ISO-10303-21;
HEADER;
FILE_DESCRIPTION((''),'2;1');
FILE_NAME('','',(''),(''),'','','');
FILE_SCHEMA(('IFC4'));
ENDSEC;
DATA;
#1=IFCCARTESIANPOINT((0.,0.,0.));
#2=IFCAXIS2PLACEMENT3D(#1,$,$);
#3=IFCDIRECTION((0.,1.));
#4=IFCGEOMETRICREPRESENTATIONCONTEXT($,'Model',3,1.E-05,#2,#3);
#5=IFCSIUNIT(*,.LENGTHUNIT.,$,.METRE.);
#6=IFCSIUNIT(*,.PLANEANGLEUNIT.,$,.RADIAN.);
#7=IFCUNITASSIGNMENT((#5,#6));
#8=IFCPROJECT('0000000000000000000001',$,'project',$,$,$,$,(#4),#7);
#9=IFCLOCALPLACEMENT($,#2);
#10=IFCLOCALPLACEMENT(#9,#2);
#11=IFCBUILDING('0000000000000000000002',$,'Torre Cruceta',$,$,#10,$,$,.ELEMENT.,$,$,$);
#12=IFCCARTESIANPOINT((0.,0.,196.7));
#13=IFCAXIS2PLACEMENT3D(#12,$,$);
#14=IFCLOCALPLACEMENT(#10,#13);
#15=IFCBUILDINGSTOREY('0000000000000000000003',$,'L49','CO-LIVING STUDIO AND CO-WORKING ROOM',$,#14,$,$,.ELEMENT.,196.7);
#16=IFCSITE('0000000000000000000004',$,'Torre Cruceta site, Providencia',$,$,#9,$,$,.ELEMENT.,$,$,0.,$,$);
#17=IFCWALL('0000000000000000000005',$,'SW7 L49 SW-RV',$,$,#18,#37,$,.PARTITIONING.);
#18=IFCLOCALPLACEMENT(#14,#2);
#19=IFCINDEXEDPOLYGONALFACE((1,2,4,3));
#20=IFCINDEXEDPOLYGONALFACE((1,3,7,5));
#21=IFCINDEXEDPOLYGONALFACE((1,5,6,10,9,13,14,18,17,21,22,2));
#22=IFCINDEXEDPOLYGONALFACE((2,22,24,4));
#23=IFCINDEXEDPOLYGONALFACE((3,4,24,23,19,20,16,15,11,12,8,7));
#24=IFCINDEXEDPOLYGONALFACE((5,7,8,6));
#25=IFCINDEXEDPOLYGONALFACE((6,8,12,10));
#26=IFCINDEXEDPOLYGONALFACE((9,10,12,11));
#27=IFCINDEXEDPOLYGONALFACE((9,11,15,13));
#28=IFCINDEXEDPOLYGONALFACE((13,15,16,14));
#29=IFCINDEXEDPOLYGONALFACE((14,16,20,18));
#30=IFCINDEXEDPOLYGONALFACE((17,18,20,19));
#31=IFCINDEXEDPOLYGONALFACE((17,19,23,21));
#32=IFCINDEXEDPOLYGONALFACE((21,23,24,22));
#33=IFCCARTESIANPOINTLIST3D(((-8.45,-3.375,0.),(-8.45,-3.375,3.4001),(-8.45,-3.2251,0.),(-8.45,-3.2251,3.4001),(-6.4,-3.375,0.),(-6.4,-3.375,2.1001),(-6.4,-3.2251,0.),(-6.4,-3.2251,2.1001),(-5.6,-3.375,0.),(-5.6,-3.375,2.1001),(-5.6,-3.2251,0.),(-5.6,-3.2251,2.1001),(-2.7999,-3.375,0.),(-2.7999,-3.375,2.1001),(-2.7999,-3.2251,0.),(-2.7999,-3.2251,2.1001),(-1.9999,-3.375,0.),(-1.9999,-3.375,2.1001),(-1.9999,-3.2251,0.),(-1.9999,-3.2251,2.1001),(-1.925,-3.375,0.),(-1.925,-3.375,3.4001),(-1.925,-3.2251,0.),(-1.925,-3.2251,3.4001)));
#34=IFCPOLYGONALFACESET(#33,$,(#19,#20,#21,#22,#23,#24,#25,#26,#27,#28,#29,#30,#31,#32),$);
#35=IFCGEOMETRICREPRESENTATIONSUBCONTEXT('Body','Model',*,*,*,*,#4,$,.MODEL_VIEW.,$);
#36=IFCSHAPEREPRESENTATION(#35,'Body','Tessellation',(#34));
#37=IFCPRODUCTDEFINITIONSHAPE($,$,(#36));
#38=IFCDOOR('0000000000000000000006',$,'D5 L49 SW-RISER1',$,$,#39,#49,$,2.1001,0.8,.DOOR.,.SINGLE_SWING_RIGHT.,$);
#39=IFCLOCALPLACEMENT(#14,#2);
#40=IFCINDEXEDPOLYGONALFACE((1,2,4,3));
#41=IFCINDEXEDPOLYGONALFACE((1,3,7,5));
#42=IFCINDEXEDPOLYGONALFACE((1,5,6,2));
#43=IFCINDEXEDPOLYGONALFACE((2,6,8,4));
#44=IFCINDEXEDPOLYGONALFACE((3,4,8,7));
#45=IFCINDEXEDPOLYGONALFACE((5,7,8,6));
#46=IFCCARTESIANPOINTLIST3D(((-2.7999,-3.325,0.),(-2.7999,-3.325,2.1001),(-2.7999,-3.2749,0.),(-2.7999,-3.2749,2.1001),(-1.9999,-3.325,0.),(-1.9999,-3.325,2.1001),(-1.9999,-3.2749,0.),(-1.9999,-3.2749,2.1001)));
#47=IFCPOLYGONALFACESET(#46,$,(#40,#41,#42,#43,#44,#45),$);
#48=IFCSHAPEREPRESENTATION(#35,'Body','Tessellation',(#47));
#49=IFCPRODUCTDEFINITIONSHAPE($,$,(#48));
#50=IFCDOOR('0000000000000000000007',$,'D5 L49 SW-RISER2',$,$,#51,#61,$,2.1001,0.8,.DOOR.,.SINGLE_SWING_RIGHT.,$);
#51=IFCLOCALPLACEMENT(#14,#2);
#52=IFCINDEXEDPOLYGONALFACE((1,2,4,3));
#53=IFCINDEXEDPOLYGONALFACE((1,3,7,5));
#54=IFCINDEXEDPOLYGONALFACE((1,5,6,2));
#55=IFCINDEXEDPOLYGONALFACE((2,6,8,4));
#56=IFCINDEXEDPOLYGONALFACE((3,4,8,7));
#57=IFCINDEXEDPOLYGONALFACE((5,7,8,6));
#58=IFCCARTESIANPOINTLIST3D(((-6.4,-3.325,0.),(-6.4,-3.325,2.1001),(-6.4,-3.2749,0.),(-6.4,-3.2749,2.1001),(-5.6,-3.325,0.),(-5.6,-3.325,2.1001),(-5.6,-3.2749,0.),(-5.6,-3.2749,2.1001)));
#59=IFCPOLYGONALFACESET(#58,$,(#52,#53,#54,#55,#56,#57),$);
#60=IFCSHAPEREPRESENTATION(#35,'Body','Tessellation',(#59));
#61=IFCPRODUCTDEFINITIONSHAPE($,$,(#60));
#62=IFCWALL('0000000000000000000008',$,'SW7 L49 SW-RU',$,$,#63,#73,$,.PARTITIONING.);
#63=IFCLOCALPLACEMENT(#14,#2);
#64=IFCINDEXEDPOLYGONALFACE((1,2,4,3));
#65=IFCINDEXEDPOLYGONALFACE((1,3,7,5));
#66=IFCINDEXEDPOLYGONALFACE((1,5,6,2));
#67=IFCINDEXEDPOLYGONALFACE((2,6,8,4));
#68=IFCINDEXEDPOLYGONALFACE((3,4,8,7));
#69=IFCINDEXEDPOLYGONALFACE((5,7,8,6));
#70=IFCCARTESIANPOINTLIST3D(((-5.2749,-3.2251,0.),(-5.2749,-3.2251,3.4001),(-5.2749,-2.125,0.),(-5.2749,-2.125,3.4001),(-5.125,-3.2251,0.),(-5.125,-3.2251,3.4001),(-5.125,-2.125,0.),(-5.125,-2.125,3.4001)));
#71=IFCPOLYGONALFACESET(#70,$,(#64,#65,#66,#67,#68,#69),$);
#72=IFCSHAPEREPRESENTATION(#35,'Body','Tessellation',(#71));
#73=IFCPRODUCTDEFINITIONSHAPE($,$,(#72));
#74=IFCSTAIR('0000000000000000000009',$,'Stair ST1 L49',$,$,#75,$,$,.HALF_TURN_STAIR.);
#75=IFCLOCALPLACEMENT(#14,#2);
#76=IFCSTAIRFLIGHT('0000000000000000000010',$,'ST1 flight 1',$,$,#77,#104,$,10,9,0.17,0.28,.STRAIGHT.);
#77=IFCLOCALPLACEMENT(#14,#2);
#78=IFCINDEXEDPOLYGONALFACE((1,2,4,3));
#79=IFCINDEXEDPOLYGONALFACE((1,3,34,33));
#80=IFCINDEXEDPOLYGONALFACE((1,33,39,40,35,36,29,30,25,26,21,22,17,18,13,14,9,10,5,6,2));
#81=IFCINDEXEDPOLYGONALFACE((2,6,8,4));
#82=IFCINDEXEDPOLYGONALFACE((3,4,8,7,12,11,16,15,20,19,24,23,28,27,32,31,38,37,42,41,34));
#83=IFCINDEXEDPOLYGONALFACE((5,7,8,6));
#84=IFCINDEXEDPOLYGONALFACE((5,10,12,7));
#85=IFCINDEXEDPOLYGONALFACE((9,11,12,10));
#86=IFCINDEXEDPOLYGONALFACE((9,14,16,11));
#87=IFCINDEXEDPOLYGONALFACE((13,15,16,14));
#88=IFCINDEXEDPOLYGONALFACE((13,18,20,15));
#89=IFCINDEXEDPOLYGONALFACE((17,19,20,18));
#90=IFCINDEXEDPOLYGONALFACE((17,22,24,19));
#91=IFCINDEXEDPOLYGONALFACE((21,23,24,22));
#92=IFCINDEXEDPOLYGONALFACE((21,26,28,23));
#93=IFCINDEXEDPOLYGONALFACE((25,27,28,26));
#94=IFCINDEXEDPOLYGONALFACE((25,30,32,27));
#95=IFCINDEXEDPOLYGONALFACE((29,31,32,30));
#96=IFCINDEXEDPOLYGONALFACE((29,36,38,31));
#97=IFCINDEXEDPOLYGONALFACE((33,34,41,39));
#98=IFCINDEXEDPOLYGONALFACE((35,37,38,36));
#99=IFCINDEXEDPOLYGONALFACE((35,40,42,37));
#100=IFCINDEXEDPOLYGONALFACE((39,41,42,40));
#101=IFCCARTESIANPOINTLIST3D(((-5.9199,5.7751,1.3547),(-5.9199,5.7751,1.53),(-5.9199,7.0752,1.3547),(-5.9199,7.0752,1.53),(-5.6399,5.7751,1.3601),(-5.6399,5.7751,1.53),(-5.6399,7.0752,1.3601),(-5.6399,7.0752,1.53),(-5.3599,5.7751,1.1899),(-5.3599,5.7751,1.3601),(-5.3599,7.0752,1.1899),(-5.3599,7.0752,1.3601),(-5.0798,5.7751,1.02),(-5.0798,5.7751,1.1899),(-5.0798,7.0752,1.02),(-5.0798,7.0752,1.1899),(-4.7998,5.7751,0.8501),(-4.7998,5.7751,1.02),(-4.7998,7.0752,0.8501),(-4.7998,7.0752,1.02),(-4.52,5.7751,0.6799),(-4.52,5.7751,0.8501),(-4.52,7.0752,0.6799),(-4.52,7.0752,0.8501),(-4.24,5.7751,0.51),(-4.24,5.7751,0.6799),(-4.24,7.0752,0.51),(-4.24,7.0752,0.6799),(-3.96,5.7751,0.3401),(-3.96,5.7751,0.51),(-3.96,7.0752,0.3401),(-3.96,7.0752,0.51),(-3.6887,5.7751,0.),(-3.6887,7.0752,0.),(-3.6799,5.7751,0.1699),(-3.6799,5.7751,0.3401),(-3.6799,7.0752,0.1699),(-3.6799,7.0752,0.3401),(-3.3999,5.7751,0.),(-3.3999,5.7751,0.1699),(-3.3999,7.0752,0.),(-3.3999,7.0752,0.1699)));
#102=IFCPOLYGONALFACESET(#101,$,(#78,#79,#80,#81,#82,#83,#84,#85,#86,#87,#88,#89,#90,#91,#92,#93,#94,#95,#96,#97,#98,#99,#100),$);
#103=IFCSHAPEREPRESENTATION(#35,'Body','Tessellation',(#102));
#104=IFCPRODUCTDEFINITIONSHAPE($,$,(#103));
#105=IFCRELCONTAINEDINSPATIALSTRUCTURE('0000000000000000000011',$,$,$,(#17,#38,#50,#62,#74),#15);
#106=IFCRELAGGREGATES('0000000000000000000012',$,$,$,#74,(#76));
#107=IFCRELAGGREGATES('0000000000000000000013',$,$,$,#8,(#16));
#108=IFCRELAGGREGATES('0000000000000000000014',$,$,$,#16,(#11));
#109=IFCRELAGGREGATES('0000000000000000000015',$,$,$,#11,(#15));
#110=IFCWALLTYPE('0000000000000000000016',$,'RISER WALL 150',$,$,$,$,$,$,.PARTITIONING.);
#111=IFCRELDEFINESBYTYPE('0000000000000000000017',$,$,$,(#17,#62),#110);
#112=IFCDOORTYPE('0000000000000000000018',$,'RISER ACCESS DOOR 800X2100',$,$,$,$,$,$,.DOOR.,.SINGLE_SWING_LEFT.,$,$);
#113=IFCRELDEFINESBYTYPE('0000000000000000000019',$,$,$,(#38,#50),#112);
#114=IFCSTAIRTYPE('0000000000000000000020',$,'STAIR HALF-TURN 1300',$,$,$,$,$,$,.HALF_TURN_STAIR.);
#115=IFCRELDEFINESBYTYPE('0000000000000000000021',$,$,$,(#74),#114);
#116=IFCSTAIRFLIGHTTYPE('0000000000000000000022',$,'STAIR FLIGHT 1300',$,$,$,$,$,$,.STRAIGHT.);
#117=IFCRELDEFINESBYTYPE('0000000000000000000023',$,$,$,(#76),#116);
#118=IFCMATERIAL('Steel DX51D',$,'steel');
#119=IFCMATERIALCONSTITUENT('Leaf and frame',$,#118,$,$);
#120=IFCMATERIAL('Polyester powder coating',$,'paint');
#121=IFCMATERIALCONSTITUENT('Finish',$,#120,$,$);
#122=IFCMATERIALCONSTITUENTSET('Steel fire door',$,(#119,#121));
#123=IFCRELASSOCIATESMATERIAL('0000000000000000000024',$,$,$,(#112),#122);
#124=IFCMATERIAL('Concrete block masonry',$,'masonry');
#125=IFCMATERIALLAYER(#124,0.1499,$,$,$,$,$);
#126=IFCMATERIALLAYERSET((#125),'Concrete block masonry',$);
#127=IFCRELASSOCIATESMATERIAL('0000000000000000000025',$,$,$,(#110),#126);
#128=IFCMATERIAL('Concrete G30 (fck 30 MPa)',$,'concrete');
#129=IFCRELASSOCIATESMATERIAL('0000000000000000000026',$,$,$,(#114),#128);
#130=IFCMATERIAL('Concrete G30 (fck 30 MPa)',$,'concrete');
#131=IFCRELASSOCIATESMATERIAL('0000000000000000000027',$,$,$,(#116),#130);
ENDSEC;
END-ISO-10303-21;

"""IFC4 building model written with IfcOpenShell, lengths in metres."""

from ifc_helpers import new_model, si_unit, direction, frame, frame_2d, origin, place, context, subcontext, project, spatial, polyline, rectangle, outline, extrude, material, layer, layer_set, constituent, constituent_set, type_object, element, fill, aggregate, save


model = new_model("IFC4")

# Units and contexts
model_context = context("Model", 3, precision=1e-05, world=origin(), true_north=direction((0.0, 1.0)))
body_context = subcontext(model_context, "Body", "Model", "MODEL_VIEW")
ifc_project = project(units=[si_unit("LENGTHUNIT", "METRE"), si_unit("PLANEANGLEUNIT", "RADIAN")], contexts=[model_context])

# Site, building, storey
site_placement = place(None, origin())
site = spatial("IfcSite", under=ifc_project, at=site_placement, Name="Torre Cruceta site, Providencia", CompositionType="ELEMENT", RefElevation=0.0)
building_placement = place(site_placement, origin())
building = spatial("IfcBuilding", under=site, at=building_placement, Name="Torre Cruceta", CompositionType="ELEMENT")
storey_placement = place(building_placement, frame((0.0, 0.0, 196.7)))
storey = spatial("IfcBuildingStorey", under=building, at=storey_placement, Name="L49", Description="CO-LIVING STUDIO AND CO-WORKING ROOM", CompositionType="ELEMENT", Elevation=196.7)

# Shared definitions
ifc_material_1 = material(Name="Steel DX51D", Category="steel")
ifc_constituent_1 = constituent(ifc_material_1, Name="Leaf and frame")
ifc_material_2 = material(Name="Polyester powder coating", Category="paint")
ifc_constituent_2 = constituent(ifc_material_2, Name="Finish")
ifc_constituent_set_1 = constituent_set(constituents=[ifc_constituent_1, ifc_constituent_2], Name="Steel fire door")
door_type_1 = type_object("IfcDoorType", Name="RISER ACCESS DOOR 800X2100", OperationType="SINGLE_SWING_LEFT", PredefinedType="DOOR", material=ifc_constituent_set_1)

# Wall, openings, doors
ifc_material_3 = material(Name="Concrete block masonry", Category="masonry")
ifc_layer_1 = layer(ifc_material_3, 0.1499)
ifc_layer_set_1 = layer_set([ifc_layer_1], Name="Concrete block masonry")
wall_type_1 = type_object("IfcWallType", Name="RISER WALL 150", PredefinedType="PARTITIONING", material=ifc_layer_set_1)
wall_1_placement = place(storey_placement, frame((-1.925, -3.3, 0.0), z_axis=(0.0, 0.0, 1.0), x_axis=(-1.0, 0.0, 0.0)))
wall_1 = element("IfcWall", 1, at=wall_1_placement, inside=storey, type_object=wall_type_1, Name="SW7 L49 SW-RV", PredefinedType="PARTITIONING", context=body_context, shape_type="SweptSolid", body=[
    extrude(rectangle(XDim=6.5249, YDim=0.1499, at=frame_2d((3.2625, 0.0))), origin(), (0.0, 0.0, 1.0), 3.4001),
])
opening_1_placement = place(wall_1_placement, frame((0.075, 0.0, 0.0)))
opening_1 = element("IfcOpeningElement", 2, at=opening_1_placement, cuts=wall_1, PredefinedType="OPENING", context=body_context, shape_type="SweptSolid", body=[
    extrude(rectangle(XDim=0.8, YDim=2.1001, at=frame_2d((0.3999, 1.05))), frame((0.0, 0.085, 0.0), z_axis=(0.0, -1.0, 0.0), x_axis=(1.0, 0.0, 0.0)), (0.0, 0.0, 1.0), 0.1699),
])
opening_2_placement = place(wall_1_placement, frame((3.675, 0.0, 0.0)))
opening_2 = element("IfcOpeningElement", 3, at=opening_2_placement, cuts=wall_1, PredefinedType="OPENING", context=body_context, shape_type="SweptSolid", body=[
    extrude(rectangle(XDim=0.8, YDim=2.1001, at=frame_2d((0.3999, 1.05))), frame((0.0, 0.085, 0.0), z_axis=(0.0, -1.0, 0.0), x_axis=(1.0, 0.0, 0.0)), (0.0, 0.0, 1.0), 0.1699),
])
door_1_placement = place(opening_1_placement, frame((0.8, 0.0, 0.0), z_axis=(0.0, 0.0, 1.0), x_axis=(-1.0, 0.0, 0.0)))
door_1 = element("IfcDoor", 4, at=door_1_placement, inside=storey, type_object=door_type_1, Name="D5 L49 SW-RISER1", OperationType="SINGLE_SWING_RIGHT", OverallHeight=2.1001, OverallWidth=0.8, PredefinedType="DOOR", context=body_context, shape_type="SweptSolid", body=[
    extrude(rectangle(XDim=0.8, YDim=2.1001, at=frame_2d((0.4001, 1.05))), frame((0.0, 0.0251, 0.0), z_axis=(0.0, -1.0, 0.0), x_axis=(1.0, 0.0, 0.0)), (0.0, 0.0, 1.0), 0.05),
])
fill(opening_1, door_1)
door_2_placement = place(opening_2_placement, frame((0.8, 0.0, 0.0), z_axis=(0.0, 0.0, 1.0), x_axis=(-1.0, 0.0, 0.0)))
door_2 = element("IfcDoor", 5, at=door_2_placement, inside=storey, type_object=door_type_1, Name="D5 L49 SW-RISER2", OperationType="SINGLE_SWING_RIGHT", OverallHeight=2.1001, OverallWidth=0.8, PredefinedType="DOOR", context=body_context, shape_type="SweptSolid", body=[
    extrude(rectangle(XDim=0.8, YDim=2.1001, at=frame_2d((0.4001, 1.05))), frame((0.0, 0.0251, 0.0), z_axis=(0.0, -1.0, 0.0), x_axis=(1.0, 0.0, 0.0)), (0.0, 0.0, 1.0), 0.05),
])
fill(opening_2, door_2)

# Wall
wall_2_placement = place(storey_placement, frame((-5.2, -2.125, 0.0), z_axis=(0.0, 0.0, 1.0), x_axis=(0.0, -1.0, 0.0)))
element("IfcWall", 6, at=wall_2_placement, inside=storey, type_object=wall_type_1, Name="SW7 L49 SW-RU", PredefinedType="PARTITIONING", context=body_context, shape_type="SweptSolid", body=[
    extrude(rectangle(XDim=1.1001, YDim=0.1499, at=frame_2d((0.55, 0.0))), origin(), (0.0, 0.0, 1.0), 3.4001),
])

# Stair, stair flight
ifc_material_4 = material(Name="Concrete G30 (fck 30 MPa)", Category="concrete")
stair_type = type_object("IfcStairType", Name="STAIR HALF-TURN 1300", PredefinedType="HALF_TURN_STAIR", material=ifc_material_4)
stair_placement = place(storey_placement, origin())
stair = element("IfcStair", 7, at=stair_placement, inside=storey, type_object=stair_type, Name="Stair ST1 L49", PredefinedType="HALF_TURN_STAIR")
ifc_material_5 = material(Name="Concrete G30 (fck 30 MPa)", Category="concrete")
stair_flight_type = type_object("IfcStairFlightType", Name="STAIR FLIGHT 1300", PredefinedType="STRAIGHT", material=ifc_material_5)
stair_flight_placement = place(storey_placement, frame((-3.3999, 6.425, 0.0), z_axis=(0.0, 0.0, 1.0), x_axis=(-1.0, 0.0, 0.0)))
stair_flight = element("IfcStairFlight", 8, at=stair_flight_placement, type_object=stair_flight_type, Name="ST1 flight 1", NumberOfRisers=10, NumberOfTreads=9, PredefinedType="STRAIGHT", RiserHeight=0.17, TreadLength=0.28, context=body_context, shape_type="SweptSolid", body=[
    extrude(outline(polyline([(0.0, 0.0), (0.0, 0.1699), (0.28, 0.1699), (0.28, 0.3401), (0.5601, 0.3401), (0.5601, 0.51), (0.8401, 0.51), (0.8401, 0.6799), (1.1201, 0.6799), (1.1201, 0.8501), (1.3999, 0.8501), (1.3999, 1.02), (1.6799, 1.02), (1.6799, 1.1899), (1.96, 1.1899), (1.96, 1.3601), (2.24, 1.3601), (2.24, 1.53), (2.52, 1.53), (2.52, 1.7), (2.52, 1.3547), (0.2888, 0.0), (0.0, 0.0)])), frame((0.0, 0.6499, 0.0), z_axis=(0.0, -1.0, 0.0), x_axis=(1.0, 0.0, 0.0)), (0.0, 0.0, 1.0), 1.3),
])
aggregate(stair, [stair_flight])

save(model, "model.ifc")
